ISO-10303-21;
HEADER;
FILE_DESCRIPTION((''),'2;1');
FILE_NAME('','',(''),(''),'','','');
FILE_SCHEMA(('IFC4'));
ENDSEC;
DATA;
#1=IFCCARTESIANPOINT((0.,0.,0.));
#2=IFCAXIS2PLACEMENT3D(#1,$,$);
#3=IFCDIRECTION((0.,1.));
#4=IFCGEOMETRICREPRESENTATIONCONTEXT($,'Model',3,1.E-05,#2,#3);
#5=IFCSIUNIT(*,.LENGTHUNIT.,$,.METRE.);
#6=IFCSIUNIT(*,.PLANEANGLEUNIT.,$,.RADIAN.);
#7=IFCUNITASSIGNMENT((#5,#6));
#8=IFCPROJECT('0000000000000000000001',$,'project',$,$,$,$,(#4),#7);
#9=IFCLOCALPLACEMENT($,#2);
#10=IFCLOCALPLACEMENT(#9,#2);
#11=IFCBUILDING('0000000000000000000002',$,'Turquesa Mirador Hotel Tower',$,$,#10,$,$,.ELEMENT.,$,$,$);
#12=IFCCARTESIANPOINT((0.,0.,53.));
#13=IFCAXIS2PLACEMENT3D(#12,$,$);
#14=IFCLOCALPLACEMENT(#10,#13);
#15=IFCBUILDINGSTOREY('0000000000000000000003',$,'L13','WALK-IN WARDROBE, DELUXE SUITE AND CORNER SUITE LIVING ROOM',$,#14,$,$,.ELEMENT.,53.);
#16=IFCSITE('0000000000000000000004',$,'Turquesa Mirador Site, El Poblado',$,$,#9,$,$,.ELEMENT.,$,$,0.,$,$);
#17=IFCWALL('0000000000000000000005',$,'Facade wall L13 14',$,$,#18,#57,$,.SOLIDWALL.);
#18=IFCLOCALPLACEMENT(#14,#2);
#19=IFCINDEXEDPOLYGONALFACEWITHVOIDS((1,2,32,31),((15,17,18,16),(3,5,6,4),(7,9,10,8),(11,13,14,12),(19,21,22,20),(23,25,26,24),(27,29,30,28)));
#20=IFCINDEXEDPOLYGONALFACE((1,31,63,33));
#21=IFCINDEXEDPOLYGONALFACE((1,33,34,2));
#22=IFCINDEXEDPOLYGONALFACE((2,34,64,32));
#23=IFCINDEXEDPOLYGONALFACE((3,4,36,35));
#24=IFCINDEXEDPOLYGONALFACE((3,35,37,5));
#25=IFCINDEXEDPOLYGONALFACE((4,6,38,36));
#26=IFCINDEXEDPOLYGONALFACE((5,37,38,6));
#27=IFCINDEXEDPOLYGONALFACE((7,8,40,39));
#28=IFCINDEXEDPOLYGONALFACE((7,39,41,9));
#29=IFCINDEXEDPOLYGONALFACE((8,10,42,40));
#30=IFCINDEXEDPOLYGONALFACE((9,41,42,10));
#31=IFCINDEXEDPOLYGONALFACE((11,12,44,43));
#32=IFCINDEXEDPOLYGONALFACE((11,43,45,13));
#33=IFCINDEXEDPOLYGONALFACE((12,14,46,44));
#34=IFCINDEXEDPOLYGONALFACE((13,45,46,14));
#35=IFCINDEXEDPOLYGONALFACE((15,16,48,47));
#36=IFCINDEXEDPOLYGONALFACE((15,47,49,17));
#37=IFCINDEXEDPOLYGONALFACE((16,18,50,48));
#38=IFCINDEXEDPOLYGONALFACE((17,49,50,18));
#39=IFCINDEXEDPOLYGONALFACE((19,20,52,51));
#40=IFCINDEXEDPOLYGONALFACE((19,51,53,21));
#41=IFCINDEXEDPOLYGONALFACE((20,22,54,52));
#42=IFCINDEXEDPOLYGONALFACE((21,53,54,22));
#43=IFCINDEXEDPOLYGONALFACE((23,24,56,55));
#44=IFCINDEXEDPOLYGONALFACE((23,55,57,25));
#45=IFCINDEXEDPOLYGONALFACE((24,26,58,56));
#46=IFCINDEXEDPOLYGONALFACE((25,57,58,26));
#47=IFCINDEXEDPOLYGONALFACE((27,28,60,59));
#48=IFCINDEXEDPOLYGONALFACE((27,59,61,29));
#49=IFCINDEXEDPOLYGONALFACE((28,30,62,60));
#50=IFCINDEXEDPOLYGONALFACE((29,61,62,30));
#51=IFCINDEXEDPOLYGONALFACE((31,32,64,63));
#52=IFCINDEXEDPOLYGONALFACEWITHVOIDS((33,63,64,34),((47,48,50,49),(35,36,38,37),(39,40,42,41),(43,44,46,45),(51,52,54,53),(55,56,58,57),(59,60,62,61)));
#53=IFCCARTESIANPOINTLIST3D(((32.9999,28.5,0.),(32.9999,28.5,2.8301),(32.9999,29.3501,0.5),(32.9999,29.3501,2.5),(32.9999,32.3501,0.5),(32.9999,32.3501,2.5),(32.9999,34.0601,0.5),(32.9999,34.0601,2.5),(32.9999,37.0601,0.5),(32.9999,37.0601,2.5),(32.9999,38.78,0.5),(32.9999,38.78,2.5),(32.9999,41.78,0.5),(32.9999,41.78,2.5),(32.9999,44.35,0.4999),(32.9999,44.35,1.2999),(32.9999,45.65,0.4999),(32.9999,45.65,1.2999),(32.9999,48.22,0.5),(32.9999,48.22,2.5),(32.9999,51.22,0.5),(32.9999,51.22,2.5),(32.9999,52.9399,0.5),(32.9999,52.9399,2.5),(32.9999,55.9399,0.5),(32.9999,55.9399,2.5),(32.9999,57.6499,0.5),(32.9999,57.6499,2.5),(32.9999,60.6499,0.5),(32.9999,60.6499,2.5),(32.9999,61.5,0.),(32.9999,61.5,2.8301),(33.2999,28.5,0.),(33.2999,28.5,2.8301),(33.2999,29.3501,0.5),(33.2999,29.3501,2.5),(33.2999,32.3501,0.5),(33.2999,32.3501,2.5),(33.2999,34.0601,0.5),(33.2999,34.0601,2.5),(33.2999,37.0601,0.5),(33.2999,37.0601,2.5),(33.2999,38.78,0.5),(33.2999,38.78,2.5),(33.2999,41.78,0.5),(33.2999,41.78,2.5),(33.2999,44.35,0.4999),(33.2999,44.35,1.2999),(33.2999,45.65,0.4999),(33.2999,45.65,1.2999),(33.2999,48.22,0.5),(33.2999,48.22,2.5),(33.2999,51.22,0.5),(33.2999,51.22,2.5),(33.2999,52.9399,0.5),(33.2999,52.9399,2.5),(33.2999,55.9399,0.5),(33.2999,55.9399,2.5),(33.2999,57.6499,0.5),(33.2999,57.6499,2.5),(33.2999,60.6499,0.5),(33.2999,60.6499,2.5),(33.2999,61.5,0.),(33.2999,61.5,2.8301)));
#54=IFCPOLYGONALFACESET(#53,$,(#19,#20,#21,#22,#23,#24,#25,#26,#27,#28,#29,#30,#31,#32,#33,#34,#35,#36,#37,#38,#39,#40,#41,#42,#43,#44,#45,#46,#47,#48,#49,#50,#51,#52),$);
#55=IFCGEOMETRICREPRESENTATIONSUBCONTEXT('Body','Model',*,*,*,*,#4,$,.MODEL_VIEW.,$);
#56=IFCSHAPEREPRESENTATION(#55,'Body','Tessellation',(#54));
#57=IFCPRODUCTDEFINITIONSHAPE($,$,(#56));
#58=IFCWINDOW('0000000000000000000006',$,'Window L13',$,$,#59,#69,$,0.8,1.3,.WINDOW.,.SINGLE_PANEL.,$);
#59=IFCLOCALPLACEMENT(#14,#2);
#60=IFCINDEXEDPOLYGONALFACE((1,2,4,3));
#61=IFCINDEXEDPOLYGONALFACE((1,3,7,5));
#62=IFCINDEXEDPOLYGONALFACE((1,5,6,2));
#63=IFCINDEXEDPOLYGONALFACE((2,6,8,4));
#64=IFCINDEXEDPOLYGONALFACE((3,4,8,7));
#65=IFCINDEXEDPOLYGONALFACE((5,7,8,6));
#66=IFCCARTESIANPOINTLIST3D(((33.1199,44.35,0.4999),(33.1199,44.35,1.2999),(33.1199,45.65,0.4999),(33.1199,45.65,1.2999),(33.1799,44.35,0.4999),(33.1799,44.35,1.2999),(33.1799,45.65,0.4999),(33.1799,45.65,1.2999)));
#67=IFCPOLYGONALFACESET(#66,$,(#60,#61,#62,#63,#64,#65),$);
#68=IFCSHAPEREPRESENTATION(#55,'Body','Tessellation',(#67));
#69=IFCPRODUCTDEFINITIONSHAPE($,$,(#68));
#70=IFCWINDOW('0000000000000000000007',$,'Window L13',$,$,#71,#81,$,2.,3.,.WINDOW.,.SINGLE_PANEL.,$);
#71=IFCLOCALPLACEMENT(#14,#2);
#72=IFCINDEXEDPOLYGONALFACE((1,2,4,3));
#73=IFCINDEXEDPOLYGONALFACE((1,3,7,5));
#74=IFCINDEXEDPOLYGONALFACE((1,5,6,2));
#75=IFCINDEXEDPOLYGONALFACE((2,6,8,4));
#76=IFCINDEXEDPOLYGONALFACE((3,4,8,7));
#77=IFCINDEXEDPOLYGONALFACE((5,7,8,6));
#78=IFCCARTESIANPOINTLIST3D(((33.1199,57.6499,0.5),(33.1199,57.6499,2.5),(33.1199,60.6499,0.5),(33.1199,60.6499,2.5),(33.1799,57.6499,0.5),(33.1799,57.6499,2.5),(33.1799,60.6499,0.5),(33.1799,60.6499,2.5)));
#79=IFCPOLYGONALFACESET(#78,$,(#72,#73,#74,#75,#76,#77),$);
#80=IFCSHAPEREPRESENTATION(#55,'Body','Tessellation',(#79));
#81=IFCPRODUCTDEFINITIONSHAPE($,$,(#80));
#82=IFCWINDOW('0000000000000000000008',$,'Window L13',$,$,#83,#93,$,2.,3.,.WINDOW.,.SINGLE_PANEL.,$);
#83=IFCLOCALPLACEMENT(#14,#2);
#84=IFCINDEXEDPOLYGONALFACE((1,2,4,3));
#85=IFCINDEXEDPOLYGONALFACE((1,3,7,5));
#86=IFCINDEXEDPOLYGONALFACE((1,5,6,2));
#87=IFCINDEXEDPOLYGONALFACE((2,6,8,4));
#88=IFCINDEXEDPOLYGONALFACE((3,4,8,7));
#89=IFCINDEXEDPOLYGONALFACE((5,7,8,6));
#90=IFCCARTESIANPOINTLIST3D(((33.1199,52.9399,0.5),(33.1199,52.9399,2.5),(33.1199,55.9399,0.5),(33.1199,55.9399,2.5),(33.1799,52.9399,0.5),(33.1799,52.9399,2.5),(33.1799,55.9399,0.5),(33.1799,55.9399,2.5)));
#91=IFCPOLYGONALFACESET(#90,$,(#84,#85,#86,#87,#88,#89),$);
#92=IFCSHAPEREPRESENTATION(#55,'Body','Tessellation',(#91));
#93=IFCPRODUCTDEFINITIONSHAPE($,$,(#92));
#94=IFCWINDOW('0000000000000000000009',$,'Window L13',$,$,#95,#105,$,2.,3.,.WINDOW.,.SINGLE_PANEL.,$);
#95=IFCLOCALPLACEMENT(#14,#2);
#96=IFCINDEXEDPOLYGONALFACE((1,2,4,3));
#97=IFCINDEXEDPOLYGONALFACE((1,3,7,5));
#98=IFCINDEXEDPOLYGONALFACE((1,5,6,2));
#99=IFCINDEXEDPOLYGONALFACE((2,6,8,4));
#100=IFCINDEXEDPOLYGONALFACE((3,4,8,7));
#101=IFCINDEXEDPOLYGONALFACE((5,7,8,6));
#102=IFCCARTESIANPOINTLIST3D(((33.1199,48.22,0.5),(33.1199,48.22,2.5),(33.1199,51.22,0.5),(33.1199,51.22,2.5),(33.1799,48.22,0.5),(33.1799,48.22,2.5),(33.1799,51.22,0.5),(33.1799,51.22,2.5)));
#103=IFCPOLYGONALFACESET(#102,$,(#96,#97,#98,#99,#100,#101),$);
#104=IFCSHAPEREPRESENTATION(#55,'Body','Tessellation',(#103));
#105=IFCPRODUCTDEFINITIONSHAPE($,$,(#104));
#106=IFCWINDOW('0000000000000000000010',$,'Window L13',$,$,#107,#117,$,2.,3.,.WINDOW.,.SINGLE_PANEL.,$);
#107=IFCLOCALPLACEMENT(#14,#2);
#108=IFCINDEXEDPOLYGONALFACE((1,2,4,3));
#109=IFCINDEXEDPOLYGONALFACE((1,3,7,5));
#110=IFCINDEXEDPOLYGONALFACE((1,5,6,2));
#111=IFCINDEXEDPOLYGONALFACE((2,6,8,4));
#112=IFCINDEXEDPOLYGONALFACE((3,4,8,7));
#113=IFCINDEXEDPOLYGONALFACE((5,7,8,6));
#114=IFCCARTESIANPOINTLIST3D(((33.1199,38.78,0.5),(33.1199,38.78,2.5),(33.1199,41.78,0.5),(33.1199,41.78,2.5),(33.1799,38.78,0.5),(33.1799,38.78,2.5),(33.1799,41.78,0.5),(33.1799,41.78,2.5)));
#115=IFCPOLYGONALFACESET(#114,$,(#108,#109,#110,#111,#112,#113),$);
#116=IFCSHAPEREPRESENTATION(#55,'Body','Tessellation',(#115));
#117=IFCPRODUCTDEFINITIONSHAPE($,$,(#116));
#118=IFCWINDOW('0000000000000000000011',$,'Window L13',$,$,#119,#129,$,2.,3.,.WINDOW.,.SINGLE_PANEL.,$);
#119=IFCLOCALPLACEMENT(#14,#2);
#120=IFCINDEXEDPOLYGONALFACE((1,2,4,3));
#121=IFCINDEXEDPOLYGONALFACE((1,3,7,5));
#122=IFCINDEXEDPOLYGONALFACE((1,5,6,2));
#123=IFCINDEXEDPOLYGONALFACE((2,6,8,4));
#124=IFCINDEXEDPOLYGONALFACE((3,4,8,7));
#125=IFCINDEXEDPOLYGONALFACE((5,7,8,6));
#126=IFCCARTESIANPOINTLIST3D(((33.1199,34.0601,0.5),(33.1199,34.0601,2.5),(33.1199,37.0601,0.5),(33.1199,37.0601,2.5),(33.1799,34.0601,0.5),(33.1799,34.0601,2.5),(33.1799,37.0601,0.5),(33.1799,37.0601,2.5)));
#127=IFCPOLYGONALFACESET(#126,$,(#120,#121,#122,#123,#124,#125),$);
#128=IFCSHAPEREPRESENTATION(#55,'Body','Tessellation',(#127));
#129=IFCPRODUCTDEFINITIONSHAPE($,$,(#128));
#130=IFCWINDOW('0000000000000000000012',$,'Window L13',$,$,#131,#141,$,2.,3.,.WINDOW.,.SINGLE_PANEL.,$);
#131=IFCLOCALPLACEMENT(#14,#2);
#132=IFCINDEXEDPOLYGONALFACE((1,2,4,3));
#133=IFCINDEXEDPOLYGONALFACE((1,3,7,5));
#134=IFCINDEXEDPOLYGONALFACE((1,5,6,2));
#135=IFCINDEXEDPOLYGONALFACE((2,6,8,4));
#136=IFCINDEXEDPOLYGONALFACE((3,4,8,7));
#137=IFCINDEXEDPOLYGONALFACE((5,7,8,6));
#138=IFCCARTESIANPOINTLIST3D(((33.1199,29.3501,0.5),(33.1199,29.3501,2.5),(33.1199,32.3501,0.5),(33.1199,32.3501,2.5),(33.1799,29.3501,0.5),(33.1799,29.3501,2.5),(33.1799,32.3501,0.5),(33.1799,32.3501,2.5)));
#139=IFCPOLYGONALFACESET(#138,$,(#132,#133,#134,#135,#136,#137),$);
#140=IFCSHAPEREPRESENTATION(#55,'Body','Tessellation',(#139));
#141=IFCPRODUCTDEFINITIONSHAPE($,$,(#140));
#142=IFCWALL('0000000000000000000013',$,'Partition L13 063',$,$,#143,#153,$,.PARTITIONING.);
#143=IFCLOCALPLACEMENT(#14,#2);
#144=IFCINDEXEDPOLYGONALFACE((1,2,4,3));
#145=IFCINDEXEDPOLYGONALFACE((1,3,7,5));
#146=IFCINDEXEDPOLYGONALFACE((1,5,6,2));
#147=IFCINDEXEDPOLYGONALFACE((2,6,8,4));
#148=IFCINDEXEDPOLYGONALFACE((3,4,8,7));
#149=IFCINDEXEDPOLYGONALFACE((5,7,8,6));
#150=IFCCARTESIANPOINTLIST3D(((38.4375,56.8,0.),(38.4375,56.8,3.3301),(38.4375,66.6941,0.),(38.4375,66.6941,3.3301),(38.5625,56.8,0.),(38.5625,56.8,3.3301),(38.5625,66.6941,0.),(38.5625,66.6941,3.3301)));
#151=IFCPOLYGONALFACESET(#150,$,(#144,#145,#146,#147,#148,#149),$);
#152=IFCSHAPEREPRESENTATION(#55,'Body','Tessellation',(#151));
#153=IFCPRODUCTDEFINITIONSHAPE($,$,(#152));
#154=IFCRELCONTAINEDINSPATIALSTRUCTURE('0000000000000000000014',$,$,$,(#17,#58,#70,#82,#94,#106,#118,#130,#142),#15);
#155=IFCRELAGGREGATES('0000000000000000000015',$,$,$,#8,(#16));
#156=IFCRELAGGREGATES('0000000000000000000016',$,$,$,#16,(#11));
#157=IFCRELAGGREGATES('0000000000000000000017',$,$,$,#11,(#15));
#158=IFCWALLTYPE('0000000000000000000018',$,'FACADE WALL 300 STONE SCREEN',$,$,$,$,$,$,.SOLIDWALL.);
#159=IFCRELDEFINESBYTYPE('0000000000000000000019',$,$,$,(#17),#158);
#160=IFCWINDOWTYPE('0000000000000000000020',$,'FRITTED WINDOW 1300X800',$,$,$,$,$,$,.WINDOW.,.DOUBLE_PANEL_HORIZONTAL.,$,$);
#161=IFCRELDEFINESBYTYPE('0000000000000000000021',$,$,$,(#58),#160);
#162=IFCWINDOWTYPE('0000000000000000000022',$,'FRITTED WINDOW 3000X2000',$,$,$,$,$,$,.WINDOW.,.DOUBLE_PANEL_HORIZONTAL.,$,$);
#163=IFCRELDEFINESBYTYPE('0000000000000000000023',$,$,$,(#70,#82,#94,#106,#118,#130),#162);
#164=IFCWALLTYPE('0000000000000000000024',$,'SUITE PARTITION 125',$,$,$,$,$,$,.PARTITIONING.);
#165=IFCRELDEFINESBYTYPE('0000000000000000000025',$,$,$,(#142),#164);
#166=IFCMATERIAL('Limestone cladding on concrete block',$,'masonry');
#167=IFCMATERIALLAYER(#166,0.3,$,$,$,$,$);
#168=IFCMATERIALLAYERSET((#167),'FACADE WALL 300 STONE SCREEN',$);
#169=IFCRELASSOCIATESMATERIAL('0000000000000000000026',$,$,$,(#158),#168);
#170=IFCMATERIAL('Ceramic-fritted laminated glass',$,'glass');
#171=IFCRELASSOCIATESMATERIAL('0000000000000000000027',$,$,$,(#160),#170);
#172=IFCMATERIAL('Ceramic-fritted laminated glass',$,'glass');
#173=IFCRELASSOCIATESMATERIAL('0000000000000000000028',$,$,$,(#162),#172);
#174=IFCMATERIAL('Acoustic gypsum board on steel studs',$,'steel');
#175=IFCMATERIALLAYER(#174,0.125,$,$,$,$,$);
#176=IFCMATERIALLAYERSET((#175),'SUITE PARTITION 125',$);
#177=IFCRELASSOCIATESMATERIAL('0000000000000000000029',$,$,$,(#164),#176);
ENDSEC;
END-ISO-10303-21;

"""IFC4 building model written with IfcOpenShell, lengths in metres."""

from ifc_helpers import new_model, si_unit, direction, frame, frame_2d, origin, place, context, subcontext, project, spatial, rectangle, extrude, material, layer, layer_set, type_object, element, fill, save


model = new_model("IFC4")

# Units and contexts
model_context = context("Model", 3, precision=1e-05, world=origin(), true_north=direction((0.0, 1.0)))
body_context = subcontext(model_context, "Body", "Model", "MODEL_VIEW")
ifc_project = project(units=[si_unit("LENGTHUNIT", "METRE"), si_unit("PLANEANGLEUNIT", "RADIAN")], contexts=[model_context])

# Site, building, storey
site_placement = place(None, origin())
site = spatial("IfcSite", under=ifc_project, at=site_placement, Name="Turquesa Mirador Site, El Poblado", CompositionType="ELEMENT", RefElevation=0.0)
building_placement = place(site_placement, origin())
building = spatial("IfcBuilding", under=site, at=building_placement, Name="Turquesa Mirador Hotel Tower", CompositionType="ELEMENT")
storey_placement = place(building_placement, frame((0.0, 0.0, 53.0)))
storey = spatial("IfcBuildingStorey", under=building, at=storey_placement, Name="L13", Description="WALK-IN WARDROBE, DELUXE SUITE AND CORNER SUITE LIVING ROOM", CompositionType="ELEMENT", Elevation=53.0)

# Shared definitions
ifc_material_1 = material(Name="Limestone cladding on concrete block", Category="masonry")
ifc_layer_1 = layer(ifc_material_1, 0.3)
ifc_layer_set_1 = layer_set([ifc_layer_1], Name="FACADE WALL 300 STONE SCREEN")
wall_type_1 = type_object("IfcWallType", Name="FACADE WALL 300 STONE SCREEN", PredefinedType="SOLIDWALL", material=ifc_layer_set_1)

# Wall, openings, windows
wall_1_placement = place(storey_placement, frame((33.1499, 61.5, 0.0), z_axis=(0.0, 0.0, 1.0), x_axis=(0.0, -1.0, 0.0)))
wall_1 = element("IfcWall", 1, at=wall_1_placement, inside=storey, type_object=wall_type_1, Name="Facade wall L13 14", PredefinedType="SOLIDWALL", context=body_context, shape_type="SweptSolid", body=[
    extrude(rectangle(XDim=33.0, YDim=0.3, at=frame_2d((16.5, 0.0))), origin(), (0.0, 0.0, 1.0), 2.8301),
])
opening_1_placement = place(wall_1_placement, frame((0.8501, 0.0, 0.5)))
opening_1 = element("IfcOpeningElement", 2, at=opening_1_placement, cuts=wall_1, PredefinedType="OPENING", context=body_context, shape_type="SweptSolid", body=[
    extrude(rectangle(XDim=3.0, YDim=2.0, at=frame_2d((1.5, 1.0))), frame((0.0, 0.1599, 0.0), z_axis=(0.0, -1.0, 0.0), x_axis=(1.0, 0.0, 0.0)), (0.0, 0.0, 1.0), 0.3201),
])
opening_2_placement = place(wall_1_placement, frame((5.5601, 0.0, 0.5)))
opening_2 = element("IfcOpeningElement", 3, at=opening_2_placement, cuts=wall_1, PredefinedType="OPENING", context=body_context, shape_type="SweptSolid", body=[
    extrude(rectangle(XDim=3.0, YDim=2.0, at=frame_2d((1.5, 1.0))), frame((0.0, 0.1599, 0.0), z_axis=(0.0, -1.0, 0.0), x_axis=(1.0, 0.0, 0.0)), (0.0, 0.0, 1.0), 0.3201),
])
opening_3_placement = place(wall_1_placement, frame((10.28, 0.0, 0.5)))
opening_3 = element("IfcOpeningElement", 4, at=opening_3_placement, cuts=wall_1, PredefinedType="OPENING", context=body_context, shape_type="SweptSolid", body=[
    extrude(rectangle(XDim=3.0, YDim=2.0, at=frame_2d((1.5, 1.0))), frame((0.0, 0.1599, 0.0), z_axis=(0.0, -1.0, 0.0), x_axis=(1.0, 0.0, 0.0)), (0.0, 0.0, 1.0), 0.3201),
])
opening_4_placement = place(wall_1_placement, frame((15.8501, 0.0, 0.5)))
opening_4 = element("IfcOpeningElement", 5, at=opening_4_placement, cuts=wall_1, PredefinedType="OPENING", context=body_context, shape_type="SweptSolid", body=[
    extrude(rectangle(XDim=1.3, YDim=0.8, at=frame_2d((0.6499, 0.3999))), frame((0.0, 0.1599, 0.0), z_axis=(0.0, -1.0, 0.0), x_axis=(1.0, 0.0, 0.0)), (0.0, 0.0, 1.0), 0.3201),
])
opening_5_placement = place(wall_1_placement, frame((19.72, 0.0, 0.5)))
opening_5 = element("IfcOpeningElement", 6, at=opening_5_placement, cuts=wall_1, PredefinedType="OPENING", context=body_context, shape_type="SweptSolid", body=[
    extrude(rectangle(XDim=3.0, YDim=2.0, at=frame_2d((1.5, 1.0))), frame((0.0, 0.1599, 0.0), z_axis=(0.0, -1.0, 0.0), x_axis=(1.0, 0.0, 0.0)), (0.0, 0.0, 1.0), 0.3201),
])
opening_6_placement = place(wall_1_placement, frame((24.4399, 0.0, 0.5)))
opening_6 = element("IfcOpeningElement", 7, at=opening_6_placement, cuts=wall_1, PredefinedType="OPENING", context=body_context, shape_type="SweptSolid", body=[
    extrude(rectangle(XDim=3.0, YDim=2.0, at=frame_2d((1.5, 1.0))), frame((0.0, 0.1599, 0.0), z_axis=(0.0, -1.0, 0.0), x_axis=(1.0, 0.0, 0.0)), (0.0, 0.0, 1.0), 0.3201),
])
opening_7_placement = place(wall_1_placement, frame((29.1499, 0.0, 0.5)))
opening_7 = element("IfcOpeningElement", 8, at=opening_7_placement, cuts=wall_1, PredefinedType="OPENING", context=body_context, shape_type="SweptSolid", body=[
    extrude(rectangle(XDim=3.0, YDim=2.0, at=frame_2d((1.5, 1.0))), frame((0.0, 0.1599, 0.0), z_axis=(0.0, -1.0, 0.0), x_axis=(1.0, 0.0, 0.0)), (0.0, 0.0, 1.0), 0.3201),
])
ifc_material_2 = material(Name="Ceramic-fritted laminated glass", Category="glass")
window_type_1 = type_object("IfcWindowType", Name="FRITTED WINDOW 1300X800", PartitioningType="DOUBLE_PANEL_HORIZONTAL", PredefinedType="WINDOW", material=ifc_material_2)
window_1_placement = place(opening_4_placement, origin())
window_1 = element("IfcWindow", 9, at=window_1_placement, inside=storey, type_object=window_type_1, Name="Window L13", OverallHeight=0.8, OverallWidth=1.3, PartitioningType="SINGLE_PANEL", PredefinedType="WINDOW", context=body_context, shape_type="SweptSolid", body=[
    extrude(rectangle(XDim=1.3, YDim=0.8, at=frame_2d((0.6499, 0.3999))), frame((0.0, 0.03, 0.0), z_axis=(0.0, -1.0, 0.0), x_axis=(1.0, 0.0, 0.0)), (0.0, 0.0, 1.0), 0.0601),
])
fill(opening_4, window_1)
ifc_material_3 = material(Name="Ceramic-fritted laminated glass", Category="glass")
window_type_2 = type_object("IfcWindowType", Name="FRITTED WINDOW 3000X2000", PartitioningType="DOUBLE_PANEL_HORIZONTAL", PredefinedType="WINDOW", material=ifc_material_3)
window_2_placement = place(opening_1_placement, origin())
window_2 = element("IfcWindow", 10, at=window_2_placement, inside=storey, type_object=window_type_2, Name="Window L13", OverallHeight=2.0, OverallWidth=3.0, PartitioningType="SINGLE_PANEL", PredefinedType="WINDOW", context=body_context, shape_type="SweptSolid", body=[
    extrude(rectangle(XDim=3.0, YDim=2.0, at=frame_2d((1.5, 1.0))), frame((0.0, 0.03, 0.0), z_axis=(0.0, -1.0, 0.0), x_axis=(1.0, 0.0, 0.0)), (0.0, 0.0, 1.0), 0.0601),
])
fill(opening_1, window_2)
window_3_placement = place(opening_2_placement, origin())
window_3 = element("IfcWindow", 11, at=window_3_placement, inside=storey, type_object=window_type_2, Name="Window L13", OverallHeight=2.0, OverallWidth=3.0, PartitioningType="SINGLE_PANEL", PredefinedType="WINDOW", context=body_context, shape_type="SweptSolid", body=[
    extrude(rectangle(XDim=3.0, YDim=2.0, at=frame_2d((1.5, 1.0))), frame((0.0, 0.03, 0.0), z_axis=(0.0, -1.0, 0.0), x_axis=(1.0, 0.0, 0.0)), (0.0, 0.0, 1.0), 0.0601),
])
fill(opening_2, window_3)
window_4_placement = place(opening_3_placement, origin())
window_4 = element("IfcWindow", 12, at=window_4_placement, inside=storey, type_object=window_type_2, Name="Window L13", OverallHeight=2.0, OverallWidth=3.0, PartitioningType="SINGLE_PANEL", PredefinedType="WINDOW", context=body_context, shape_type="SweptSolid", body=[
    extrude(rectangle(XDim=3.0, YDim=2.0, at=frame_2d((1.5, 1.0))), frame((0.0, 0.03, 0.0), z_axis=(0.0, -1.0, 0.0), x_axis=(1.0, 0.0, 0.0)), (0.0, 0.0, 1.0), 0.0601),
])
fill(opening_3, window_4)
window_5_placement = place(opening_5_placement, origin())
window_5 = element("IfcWindow", 13, at=window_5_placement, inside=storey, type_object=window_type_2, Name="Window L13", OverallHeight=2.0, OverallWidth=3.0, PartitioningType="SINGLE_PANEL", PredefinedType="WINDOW", context=body_context, shape_type="SweptSolid", body=[
    extrude(rectangle(XDim=3.0, YDim=2.0, at=frame_2d((1.5, 1.0))), frame((0.0, 0.03, 0.0), z_axis=(0.0, -1.0, 0.0), x_axis=(1.0, 0.0, 0.0)), (0.0, 0.0, 1.0), 0.0601),
])
fill(opening_5, window_5)
window_6_placement = place(opening_6_placement, origin())
window_6 = element("IfcWindow", 14, at=window_6_placement, inside=storey, type_object=window_type_2, Name="Window L13", OverallHeight=2.0, OverallWidth=3.0, PartitioningType="SINGLE_PANEL", PredefinedType="WINDOW", context=body_context, shape_type="SweptSolid", body=[
    extrude(rectangle(XDim=3.0, YDim=2.0, at=frame_2d((1.5, 1.0))), frame((0.0, 0.03, 0.0), z_axis=(0.0, -1.0, 0.0), x_axis=(1.0, 0.0, 0.0)), (0.0, 0.0, 1.0), 0.0601),
])
fill(opening_6, window_6)
window_7_placement = place(opening_7_placement, origin())
window_7 = element("IfcWindow", 15, at=window_7_placement, inside=storey, type_object=window_type_2, Name="Window L13", OverallHeight=2.0, OverallWidth=3.0, PartitioningType="SINGLE_PANEL", PredefinedType="WINDOW", context=body_context, shape_type="SweptSolid", body=[
    extrude(rectangle(XDim=3.0, YDim=2.0, at=frame_2d((1.5, 1.0))), frame((0.0, 0.03, 0.0), z_axis=(0.0, -1.0, 0.0), x_axis=(1.0, 0.0, 0.0)), (0.0, 0.0, 1.0), 0.0601),
])
fill(opening_7, window_7)

# Wall
ifc_material_4 = material(Name="Acoustic gypsum board on steel studs", Category="steel")
ifc_layer_2 = layer(ifc_material_4, 0.125)
ifc_layer_set_2 = layer_set([ifc_layer_2], Name="SUITE PARTITION 125")
wall_type_2 = type_object("IfcWallType", Name="SUITE PARTITION 125", PredefinedType="PARTITIONING", material=ifc_layer_set_2)
wall_2_placement = place(storey_placement, frame((38.5, 56.8, 0.0), z_axis=(0.0, 0.0, 1.0), x_axis=(0.0, 1.0, 0.0)))
element("IfcWall", 16, at=wall_2_placement, inside=storey, type_object=wall_type_2, Name="Partition L13 063", PredefinedType="PARTITIONING", context=body_context, shape_type="SweptSolid", body=[
    extrude(rectangle(XDim=9.894, YDim=0.125, at=frame_2d((4.947, 0.0))), origin(), (0.0, 0.0, 1.0), 3.3301),
])

save(model, "model.ifc")
